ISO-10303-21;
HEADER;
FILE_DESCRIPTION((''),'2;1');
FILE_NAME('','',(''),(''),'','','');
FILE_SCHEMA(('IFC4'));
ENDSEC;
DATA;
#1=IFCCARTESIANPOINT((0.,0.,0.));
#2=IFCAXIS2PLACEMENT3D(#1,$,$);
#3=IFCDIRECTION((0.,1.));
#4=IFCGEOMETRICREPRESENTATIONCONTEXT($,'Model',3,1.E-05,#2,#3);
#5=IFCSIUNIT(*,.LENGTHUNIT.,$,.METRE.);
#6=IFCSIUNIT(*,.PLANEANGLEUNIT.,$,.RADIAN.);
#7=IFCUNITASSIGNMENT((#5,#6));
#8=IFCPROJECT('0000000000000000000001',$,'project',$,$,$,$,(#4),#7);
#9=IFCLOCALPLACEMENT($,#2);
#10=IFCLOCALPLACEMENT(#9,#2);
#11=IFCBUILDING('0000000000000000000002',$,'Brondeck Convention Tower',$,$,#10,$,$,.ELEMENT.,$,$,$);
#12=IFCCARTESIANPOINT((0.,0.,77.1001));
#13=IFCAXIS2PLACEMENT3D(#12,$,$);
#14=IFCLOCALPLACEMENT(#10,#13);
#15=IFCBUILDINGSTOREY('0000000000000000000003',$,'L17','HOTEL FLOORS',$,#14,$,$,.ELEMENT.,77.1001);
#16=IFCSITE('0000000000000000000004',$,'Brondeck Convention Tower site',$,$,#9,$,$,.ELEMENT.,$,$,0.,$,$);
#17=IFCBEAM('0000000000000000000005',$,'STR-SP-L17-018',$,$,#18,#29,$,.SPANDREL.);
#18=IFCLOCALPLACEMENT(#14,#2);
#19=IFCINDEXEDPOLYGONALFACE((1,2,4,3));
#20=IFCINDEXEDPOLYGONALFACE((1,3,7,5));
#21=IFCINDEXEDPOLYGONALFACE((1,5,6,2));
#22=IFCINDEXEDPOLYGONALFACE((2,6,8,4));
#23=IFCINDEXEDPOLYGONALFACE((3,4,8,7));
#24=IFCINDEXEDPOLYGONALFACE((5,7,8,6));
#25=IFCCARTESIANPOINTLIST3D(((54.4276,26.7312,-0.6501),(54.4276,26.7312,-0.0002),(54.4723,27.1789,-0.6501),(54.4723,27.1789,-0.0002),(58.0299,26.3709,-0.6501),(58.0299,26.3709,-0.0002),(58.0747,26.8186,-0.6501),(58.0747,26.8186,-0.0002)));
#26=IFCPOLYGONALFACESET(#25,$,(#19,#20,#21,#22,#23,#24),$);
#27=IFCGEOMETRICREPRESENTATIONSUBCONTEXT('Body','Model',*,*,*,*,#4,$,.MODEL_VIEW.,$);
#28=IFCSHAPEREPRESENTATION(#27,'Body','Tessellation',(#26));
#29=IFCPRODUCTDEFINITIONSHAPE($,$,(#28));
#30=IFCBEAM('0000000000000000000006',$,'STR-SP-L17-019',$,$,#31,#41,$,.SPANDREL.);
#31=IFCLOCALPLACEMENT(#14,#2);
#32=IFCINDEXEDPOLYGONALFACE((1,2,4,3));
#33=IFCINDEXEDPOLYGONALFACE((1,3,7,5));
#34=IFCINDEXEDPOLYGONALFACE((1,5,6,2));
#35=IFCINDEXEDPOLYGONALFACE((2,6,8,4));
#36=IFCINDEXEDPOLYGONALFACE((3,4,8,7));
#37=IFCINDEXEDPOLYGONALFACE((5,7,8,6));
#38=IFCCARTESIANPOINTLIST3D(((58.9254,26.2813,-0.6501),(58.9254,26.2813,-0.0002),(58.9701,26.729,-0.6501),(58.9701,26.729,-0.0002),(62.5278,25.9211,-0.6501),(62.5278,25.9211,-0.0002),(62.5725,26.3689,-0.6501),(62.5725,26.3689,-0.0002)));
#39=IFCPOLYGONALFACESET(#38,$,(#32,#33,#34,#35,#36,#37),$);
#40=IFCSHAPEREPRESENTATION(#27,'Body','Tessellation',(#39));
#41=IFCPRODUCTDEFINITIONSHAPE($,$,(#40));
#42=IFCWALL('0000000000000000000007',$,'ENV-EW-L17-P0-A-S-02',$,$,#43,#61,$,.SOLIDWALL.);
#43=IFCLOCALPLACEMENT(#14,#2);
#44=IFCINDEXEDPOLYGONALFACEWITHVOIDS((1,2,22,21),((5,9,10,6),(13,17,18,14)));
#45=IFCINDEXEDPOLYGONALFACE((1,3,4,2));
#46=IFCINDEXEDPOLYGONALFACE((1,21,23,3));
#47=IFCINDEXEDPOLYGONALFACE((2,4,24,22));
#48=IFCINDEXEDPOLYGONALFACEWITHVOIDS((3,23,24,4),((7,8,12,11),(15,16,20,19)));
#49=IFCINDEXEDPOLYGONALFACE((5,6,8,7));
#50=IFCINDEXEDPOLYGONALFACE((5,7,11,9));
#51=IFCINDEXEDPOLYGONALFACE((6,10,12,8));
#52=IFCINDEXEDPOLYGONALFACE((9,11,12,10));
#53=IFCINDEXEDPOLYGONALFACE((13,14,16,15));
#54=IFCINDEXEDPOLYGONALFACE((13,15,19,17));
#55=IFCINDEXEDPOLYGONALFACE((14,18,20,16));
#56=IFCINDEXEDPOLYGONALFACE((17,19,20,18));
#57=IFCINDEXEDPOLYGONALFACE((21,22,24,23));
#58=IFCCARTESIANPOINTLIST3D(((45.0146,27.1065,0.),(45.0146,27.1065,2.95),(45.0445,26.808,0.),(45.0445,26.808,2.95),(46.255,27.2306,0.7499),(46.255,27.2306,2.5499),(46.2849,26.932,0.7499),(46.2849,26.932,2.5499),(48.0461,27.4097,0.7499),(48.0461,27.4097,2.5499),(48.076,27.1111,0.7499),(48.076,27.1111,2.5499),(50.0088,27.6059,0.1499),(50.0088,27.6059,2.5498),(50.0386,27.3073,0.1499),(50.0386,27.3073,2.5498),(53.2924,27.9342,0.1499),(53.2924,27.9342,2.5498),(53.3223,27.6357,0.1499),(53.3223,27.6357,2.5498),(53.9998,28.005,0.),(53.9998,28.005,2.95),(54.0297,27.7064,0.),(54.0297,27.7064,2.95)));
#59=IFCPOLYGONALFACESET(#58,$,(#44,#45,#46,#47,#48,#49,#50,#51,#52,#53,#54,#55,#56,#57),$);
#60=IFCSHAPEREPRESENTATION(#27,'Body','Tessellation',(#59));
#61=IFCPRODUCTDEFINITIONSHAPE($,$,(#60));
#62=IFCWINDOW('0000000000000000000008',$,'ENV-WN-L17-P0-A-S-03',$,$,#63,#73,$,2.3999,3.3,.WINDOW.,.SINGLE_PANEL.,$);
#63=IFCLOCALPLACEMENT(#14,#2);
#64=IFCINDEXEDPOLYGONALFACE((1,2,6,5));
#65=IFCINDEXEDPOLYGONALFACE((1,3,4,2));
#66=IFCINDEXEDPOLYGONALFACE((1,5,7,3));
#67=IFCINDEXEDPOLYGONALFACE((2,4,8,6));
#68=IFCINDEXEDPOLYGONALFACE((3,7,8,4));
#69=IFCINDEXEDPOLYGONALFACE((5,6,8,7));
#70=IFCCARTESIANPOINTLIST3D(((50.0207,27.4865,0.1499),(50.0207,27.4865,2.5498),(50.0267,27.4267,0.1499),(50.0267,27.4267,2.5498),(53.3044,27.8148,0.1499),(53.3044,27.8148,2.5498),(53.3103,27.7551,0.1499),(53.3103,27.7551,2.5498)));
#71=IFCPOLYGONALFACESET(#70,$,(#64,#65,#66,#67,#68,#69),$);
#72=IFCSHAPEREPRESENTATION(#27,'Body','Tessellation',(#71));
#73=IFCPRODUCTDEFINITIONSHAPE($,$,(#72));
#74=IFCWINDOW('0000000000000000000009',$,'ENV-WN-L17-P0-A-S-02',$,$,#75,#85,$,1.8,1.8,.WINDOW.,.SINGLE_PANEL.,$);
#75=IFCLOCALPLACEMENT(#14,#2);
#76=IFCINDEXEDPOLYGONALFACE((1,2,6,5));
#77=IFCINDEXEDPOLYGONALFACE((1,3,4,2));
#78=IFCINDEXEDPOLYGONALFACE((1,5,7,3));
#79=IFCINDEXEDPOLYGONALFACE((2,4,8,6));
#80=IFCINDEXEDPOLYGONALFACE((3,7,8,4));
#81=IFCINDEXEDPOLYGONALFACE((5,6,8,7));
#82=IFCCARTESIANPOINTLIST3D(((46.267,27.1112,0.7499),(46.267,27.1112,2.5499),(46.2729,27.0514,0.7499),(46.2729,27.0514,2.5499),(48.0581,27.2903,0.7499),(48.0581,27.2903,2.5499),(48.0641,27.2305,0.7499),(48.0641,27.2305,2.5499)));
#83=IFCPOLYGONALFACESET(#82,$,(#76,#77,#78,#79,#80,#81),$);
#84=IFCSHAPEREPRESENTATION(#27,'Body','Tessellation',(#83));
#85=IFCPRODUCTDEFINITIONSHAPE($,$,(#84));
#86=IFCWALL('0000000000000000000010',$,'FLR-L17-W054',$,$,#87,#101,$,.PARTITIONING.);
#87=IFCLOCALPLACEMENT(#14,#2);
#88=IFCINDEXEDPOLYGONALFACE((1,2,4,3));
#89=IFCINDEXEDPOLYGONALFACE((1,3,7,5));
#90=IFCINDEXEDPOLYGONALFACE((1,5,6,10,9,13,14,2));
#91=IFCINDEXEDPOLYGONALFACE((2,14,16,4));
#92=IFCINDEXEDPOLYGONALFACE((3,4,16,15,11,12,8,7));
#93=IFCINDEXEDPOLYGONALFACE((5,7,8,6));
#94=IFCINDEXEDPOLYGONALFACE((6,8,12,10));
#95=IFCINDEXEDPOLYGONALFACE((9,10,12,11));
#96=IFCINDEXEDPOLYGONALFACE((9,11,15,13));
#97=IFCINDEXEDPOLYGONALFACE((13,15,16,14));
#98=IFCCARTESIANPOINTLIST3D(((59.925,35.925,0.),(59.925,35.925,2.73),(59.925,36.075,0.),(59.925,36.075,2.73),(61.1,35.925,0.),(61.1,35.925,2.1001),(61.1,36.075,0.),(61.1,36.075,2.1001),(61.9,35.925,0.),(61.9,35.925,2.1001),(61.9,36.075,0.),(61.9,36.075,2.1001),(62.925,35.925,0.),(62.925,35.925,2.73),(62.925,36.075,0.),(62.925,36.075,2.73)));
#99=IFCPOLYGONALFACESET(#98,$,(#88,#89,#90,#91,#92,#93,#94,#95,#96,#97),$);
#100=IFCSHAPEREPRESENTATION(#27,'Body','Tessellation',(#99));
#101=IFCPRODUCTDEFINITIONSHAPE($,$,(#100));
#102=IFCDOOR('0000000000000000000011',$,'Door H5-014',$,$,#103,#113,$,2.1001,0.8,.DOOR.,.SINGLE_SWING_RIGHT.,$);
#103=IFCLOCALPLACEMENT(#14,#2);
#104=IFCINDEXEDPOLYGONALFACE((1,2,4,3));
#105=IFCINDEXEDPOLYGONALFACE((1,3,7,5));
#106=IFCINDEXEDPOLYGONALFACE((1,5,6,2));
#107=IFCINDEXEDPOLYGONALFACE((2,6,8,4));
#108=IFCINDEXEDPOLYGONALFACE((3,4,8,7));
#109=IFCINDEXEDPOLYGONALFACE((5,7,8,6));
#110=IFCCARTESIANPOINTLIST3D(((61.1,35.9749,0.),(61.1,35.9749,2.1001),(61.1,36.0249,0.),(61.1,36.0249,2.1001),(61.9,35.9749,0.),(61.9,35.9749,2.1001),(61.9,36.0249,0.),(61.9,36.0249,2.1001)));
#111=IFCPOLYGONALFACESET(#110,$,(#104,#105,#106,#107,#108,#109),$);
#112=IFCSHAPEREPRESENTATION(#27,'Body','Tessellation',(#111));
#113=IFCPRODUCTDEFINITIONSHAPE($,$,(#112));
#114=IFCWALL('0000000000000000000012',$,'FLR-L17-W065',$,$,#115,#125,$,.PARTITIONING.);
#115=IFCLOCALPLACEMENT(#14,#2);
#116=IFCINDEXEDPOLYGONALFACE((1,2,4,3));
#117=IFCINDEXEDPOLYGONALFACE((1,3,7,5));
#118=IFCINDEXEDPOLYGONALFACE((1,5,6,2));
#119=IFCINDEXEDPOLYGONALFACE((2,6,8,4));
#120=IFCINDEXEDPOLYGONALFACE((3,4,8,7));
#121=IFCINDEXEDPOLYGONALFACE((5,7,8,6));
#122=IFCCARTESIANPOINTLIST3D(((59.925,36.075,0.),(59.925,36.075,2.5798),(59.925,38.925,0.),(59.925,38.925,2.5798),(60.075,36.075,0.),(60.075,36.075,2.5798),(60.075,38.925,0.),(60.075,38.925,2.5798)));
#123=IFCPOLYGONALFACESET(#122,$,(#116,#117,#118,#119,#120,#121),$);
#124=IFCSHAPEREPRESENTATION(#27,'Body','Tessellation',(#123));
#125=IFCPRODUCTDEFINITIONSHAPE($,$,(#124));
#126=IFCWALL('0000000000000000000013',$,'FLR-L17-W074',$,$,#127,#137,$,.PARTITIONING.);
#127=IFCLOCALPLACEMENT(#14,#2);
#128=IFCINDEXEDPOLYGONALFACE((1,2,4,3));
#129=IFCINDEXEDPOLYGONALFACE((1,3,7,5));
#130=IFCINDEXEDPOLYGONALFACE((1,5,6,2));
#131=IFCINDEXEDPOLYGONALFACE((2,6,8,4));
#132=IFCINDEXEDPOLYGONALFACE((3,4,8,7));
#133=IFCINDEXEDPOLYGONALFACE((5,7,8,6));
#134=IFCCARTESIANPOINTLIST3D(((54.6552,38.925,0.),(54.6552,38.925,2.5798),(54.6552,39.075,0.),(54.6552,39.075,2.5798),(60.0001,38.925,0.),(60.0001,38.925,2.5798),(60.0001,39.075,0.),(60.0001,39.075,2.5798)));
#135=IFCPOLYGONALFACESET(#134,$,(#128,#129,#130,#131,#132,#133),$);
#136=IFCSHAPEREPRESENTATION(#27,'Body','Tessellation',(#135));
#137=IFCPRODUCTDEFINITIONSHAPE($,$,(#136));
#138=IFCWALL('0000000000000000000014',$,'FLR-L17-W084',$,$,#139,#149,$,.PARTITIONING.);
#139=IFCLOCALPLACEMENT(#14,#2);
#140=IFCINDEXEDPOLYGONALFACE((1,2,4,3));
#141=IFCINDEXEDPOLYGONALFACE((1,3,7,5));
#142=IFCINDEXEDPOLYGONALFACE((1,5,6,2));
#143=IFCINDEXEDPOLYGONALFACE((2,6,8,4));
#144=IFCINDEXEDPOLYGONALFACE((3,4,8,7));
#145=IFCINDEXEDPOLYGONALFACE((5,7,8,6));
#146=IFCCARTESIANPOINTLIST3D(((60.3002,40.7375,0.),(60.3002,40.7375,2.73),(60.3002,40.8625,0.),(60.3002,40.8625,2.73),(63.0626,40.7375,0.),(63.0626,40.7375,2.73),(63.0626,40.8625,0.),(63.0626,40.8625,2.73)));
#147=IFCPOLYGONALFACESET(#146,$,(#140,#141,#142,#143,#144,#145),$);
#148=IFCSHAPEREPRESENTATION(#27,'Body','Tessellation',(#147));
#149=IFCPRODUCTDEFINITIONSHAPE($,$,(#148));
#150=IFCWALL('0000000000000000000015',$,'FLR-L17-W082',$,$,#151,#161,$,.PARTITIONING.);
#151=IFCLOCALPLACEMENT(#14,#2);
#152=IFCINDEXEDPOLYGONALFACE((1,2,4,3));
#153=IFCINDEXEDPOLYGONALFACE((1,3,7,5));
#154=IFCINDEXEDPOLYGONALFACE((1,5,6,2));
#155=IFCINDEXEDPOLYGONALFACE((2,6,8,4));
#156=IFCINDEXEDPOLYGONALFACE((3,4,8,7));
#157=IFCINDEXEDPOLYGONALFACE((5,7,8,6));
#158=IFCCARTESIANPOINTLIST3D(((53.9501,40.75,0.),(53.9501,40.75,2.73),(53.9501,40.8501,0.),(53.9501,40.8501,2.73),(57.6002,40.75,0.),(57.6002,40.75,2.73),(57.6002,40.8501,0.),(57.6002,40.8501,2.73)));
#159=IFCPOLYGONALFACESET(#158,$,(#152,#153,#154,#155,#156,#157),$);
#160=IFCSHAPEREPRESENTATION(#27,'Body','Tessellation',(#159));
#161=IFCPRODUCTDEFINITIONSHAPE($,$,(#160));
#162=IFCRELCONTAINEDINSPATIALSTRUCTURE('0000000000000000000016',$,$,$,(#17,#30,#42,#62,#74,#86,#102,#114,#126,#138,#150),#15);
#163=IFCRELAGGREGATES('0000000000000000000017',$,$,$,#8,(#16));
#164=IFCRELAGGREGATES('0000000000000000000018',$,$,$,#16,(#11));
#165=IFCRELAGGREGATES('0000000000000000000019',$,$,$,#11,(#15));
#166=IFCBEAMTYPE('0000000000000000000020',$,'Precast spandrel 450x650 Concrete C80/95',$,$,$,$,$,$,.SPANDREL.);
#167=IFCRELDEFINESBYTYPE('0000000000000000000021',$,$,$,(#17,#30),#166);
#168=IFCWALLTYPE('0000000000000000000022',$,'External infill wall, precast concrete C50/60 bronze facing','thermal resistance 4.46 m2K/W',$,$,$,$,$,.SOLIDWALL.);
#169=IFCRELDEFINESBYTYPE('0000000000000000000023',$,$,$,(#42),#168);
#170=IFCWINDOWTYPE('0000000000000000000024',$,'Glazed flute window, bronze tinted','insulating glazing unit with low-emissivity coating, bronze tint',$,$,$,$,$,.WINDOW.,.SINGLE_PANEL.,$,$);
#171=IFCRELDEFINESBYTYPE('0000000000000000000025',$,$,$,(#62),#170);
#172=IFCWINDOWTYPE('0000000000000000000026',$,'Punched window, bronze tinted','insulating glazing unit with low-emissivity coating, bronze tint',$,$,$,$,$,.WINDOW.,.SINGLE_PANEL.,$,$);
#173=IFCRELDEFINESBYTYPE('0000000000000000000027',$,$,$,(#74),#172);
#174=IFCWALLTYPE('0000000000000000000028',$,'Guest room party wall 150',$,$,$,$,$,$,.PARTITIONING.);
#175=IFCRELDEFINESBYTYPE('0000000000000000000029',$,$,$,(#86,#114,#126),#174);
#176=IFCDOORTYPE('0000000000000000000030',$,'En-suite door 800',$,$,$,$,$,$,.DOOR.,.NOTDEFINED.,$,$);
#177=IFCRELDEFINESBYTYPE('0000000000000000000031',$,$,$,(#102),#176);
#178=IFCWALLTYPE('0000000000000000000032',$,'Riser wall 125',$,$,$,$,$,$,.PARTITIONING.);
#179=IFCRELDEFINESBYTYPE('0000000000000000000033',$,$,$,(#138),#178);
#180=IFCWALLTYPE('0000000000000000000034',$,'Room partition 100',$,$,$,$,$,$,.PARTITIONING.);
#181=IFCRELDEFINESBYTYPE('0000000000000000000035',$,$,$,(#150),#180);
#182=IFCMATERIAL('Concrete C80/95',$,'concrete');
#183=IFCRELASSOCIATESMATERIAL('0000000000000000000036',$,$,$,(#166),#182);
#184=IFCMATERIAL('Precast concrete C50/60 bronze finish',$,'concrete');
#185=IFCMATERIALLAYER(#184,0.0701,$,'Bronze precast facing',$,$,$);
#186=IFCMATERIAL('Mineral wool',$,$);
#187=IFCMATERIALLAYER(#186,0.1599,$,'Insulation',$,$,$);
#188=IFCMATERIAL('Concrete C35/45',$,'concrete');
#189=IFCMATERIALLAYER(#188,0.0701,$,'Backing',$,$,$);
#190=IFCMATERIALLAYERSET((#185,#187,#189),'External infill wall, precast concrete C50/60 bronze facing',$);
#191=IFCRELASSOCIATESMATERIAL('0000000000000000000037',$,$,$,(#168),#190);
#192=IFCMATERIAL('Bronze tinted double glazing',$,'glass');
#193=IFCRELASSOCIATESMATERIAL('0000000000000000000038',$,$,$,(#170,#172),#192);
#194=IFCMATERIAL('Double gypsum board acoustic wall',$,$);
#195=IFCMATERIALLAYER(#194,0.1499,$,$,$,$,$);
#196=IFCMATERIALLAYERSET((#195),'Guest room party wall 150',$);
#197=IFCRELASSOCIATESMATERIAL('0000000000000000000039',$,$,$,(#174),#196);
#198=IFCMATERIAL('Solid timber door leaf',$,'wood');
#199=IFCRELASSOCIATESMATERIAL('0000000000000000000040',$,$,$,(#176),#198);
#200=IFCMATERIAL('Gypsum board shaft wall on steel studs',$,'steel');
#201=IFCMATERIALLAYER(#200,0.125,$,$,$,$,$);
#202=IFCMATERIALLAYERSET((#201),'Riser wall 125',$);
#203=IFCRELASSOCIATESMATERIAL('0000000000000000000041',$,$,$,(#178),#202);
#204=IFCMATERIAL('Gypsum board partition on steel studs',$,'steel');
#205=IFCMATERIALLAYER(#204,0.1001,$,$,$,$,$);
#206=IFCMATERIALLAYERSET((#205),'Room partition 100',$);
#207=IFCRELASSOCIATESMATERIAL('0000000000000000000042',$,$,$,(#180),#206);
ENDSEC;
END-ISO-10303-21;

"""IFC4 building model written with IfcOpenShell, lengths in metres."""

from ifc_helpers import new_model, si_unit, direction, frame, frame_2d, origin, origin_2d, place, context, subcontext, project, spatial, rectangle, extrude, material, layer, layer_set, material_profile, profile_set, type_object, element, fill, save


model = new_model("IFC4")

# Units and contexts
model_context = context("Model", 3, precision=1e-05, world=origin(), true_north=direction((0.0, 1.0)))
body_context = subcontext(model_context, "Body", "Model", "MODEL_VIEW")
ifc_project = project(units=[si_unit("LENGTHUNIT", "METRE"), si_unit("PLANEANGLEUNIT", "RADIAN")], contexts=[model_context])

# Site, building, storey
site_placement = place(None, origin())
site = spatial("IfcSite", under=ifc_project, at=site_placement, Name="Brondeck Convention Tower site", CompositionType="ELEMENT", RefElevation=0.0)
building_placement = place(site_placement, origin())
building = spatial("IfcBuilding", under=site, at=building_placement, Name="Brondeck Convention Tower", CompositionType="ELEMENT")
storey_placement = place(building_placement, frame((0.0, 0.0, 77.1001)))
storey = spatial("IfcBuildingStorey", under=building, at=storey_placement, Name="L17", Description="HOTEL FLOORS", CompositionType="ELEMENT", Elevation=77.1001)

# Shared definitions
ifc_material_1 = material(Name="Concrete C80/95", Category="concrete")

# Beams
ifc_material_profile_1 = material_profile(ifc_material_1, rectangle(XDim=0.45, YDim=0.6499, at=origin_2d()), Name="Precast spandrel 450x650 Concrete C80/95")
ifc_profile_set_1 = profile_set([ifc_material_profile_1], Name="Concrete C80/95")
beam_type_1 = type_object("IfcBeamType", Name="Precast spandrel 450x650 Concrete C80/95", PredefinedType="SPANDREL", material=ifc_profile_set_1)
for number, where, z_axis, x_axis, name in (
    (1, (54.45, 26.9551, -0.3252), (0.995034, -0.099537, 0.0), (0.099537, 0.995034, 0.0), "STR-SP-L17-018"),
    (2, (58.9478, 26.5051, -0.3252), (0.995041, -0.09947, 0.0), (0.09947, 0.995041, 0.0), "STR-SP-L17-019"),
):
    element("IfcBeam", number, at=place(storey_placement, frame(where, z_axis=z_axis, x_axis=x_axis)), inside=storey, type_object=beam_type_1, Name=name, PredefinedType="SPANDREL", context=body_context, shape_type="SweptSolid", body=[
        extrude(rectangle(XDim=0.45, YDim=0.6499, at=origin_2d()), origin(), (0.0, 0.0, 1.0), 3.6204),
    ])

# Wall, openings, windows
ifc_material_2 = material(Name="Precast concrete C50/60 bronze finish", Category="concrete")
ifc_layer_1 = layer(ifc_material_2, 0.0701, Name="Bronze precast facing")
ifc_material_3 = material(Name="Mineral wool")
ifc_layer_2 = layer(ifc_material_3, 0.1599, Name="Insulation")
ifc_material_4 = material(Name="Concrete C35/45", Category="concrete")
ifc_layer_3 = layer(ifc_material_4, 0.0701, Name="Backing")
ifc_layer_set_1 = layer_set([ifc_layer_1, ifc_layer_2, ifc_layer_3], Name="External infill wall, precast concrete C50/60 bronze facing")
wall_type_1 = type_object("IfcWallType", Name="External infill wall, precast concrete C50/60 bronze facing", Description="thermal resistance 4.46 m2K/W", PredefinedType="SOLIDWALL", material=ifc_layer_set_1)
wall_1_placement = place(storey_placement, frame((54.0149, 27.8557, 0.0), z_axis=(0.0, 0.0, 1.0), x_axis=(-0.995038, -0.099496, 0.0)))
wall_1 = element("IfcWall", 3, at=wall_1_placement, inside=storey, type_object=wall_type_1, Name="ENV-EW-L17-P0-A-S-02", PredefinedType="SOLIDWALL", context=body_context, shape_type="SweptSolid", body=[
    extrude(rectangle(XDim=9.03, YDim=0.3, at=frame_2d((4.5151, 0.0))), origin(), (0.0, 0.0, 1.0), 2.95),
])
opening_1_placement = place(wall_1_placement, frame((0.7112, 0.0, 0.1499)))
opening_1 = element("IfcOpeningElement", 4, at=opening_1_placement, cuts=wall_1, PredefinedType="OPENING", context=body_context, shape_type="SweptSolid", body=[
    extrude(rectangle(XDim=3.3, YDim=2.3999, at=frame_2d((1.6499, 1.2))), frame((0.0, 0.1599, 0.0), z_axis=(0.0, -1.0, 0.0), x_axis=(1.0, 0.0, 0.0)), (0.0, 0.0, 1.0), 0.3201),
])
opening_2_placement = place(wall_1_placement, frame((5.9836, 0.0, 0.75)))
opening_2 = element("IfcOpeningElement", 5, at=opening_2_placement, cuts=wall_1, PredefinedType="OPENING", context=body_context, shape_type="SweptSolid", body=[
    extrude(rectangle(XDim=1.8, YDim=1.8, at=frame_2d((0.8999, 0.8999))), frame((0.0, 0.1599, 0.0), z_axis=(0.0, -1.0, 0.0), x_axis=(1.0, 0.0, 0.0)), (0.0, 0.0, 1.0), 0.3201),
])
ifc_material_5 = material(Name="Bronze tinted double glazing", Category="glass")
window_type_1 = type_object("IfcWindowType", Name="Glazed flute window, bronze tinted", Description="insulating glazing unit with low-emissivity coating, bronze tint", PartitioningType="SINGLE_PANEL", PredefinedType="WINDOW", material=ifc_material_5)
window_1_placement = place(opening_1_placement, origin())
window_1 = element("IfcWindow", 6, at=window_1_placement, inside=storey, type_object=window_type_1, Name="ENV-WN-L17-P0-A-S-03", OverallHeight=2.3999, OverallWidth=3.3, PartitioningType="SINGLE_PANEL", PredefinedType="WINDOW", context=body_context, shape_type="SweptSolid", body=[
    extrude(rectangle(XDim=3.3, YDim=2.3999, at=frame_2d((1.6499, 1.2))), frame((0.0, 0.03, 0.0), z_axis=(0.0, -1.0, 0.0), x_axis=(1.0, 0.0, 0.0)), (0.0, 0.0, 1.0), 0.0601),
])
fill(opening_1, window_1)
window_type_2 = type_object("IfcWindowType", Name="Punched window, bronze tinted", Description="insulating glazing unit with low-emissivity coating, bronze tint", PartitioningType="SINGLE_PANEL", PredefinedType="WINDOW", material=ifc_material_5)
window_2_placement = place(opening_2_placement, origin())
window_2 = element("IfcWindow", 7, at=window_2_placement, inside=storey, type_object=window_type_2, Name="ENV-WN-L17-P0-A-S-02", OverallHeight=1.8, OverallWidth=1.8, PartitioningType="SINGLE_PANEL", PredefinedType="WINDOW", context=body_context, shape_type="SweptSolid", body=[
    extrude(rectangle(XDim=1.8, YDim=1.8, at=frame_2d((0.8999, 0.8999))), frame((0.0, 0.03, 0.0), z_axis=(0.0, -1.0, 0.0), x_axis=(1.0, 0.0, 0.0)), (0.0, 0.0, 1.0), 0.0601),
])
fill(opening_2, window_2)

# Wall, opening, door
ifc_material_6 = material(Name="Double gypsum board acoustic wall")
ifc_layer_4 = layer(ifc_material_6, 0.1499)
ifc_layer_set_2 = layer_set([ifc_layer_4], Name="Guest room party wall 150")
wall_type_2 = type_object("IfcWallType", Name="Guest room party wall 150", PredefinedType="PARTITIONING", material=ifc_layer_set_2)
wall_2_placement = place(storey_placement, frame((59.925, 36.0, 0.0), z_axis=(0.0, 0.0, 1.0), x_axis=(1.0, 0.0, 0.0)))
wall_2 = element("IfcWall", 8, at=wall_2_placement, inside=storey, type_object=wall_type_2, Name="FLR-L17-W054", PredefinedType="PARTITIONING", context=body_context, shape_type="SweptSolid", body=[
    extrude(rectangle(XDim=3.0, YDim=0.1499, at=frame_2d((1.5, 0.0))), origin(), (0.0, 0.0, 1.0), 2.73),
])
opening_3_placement = place(wall_2_placement, frame((1.175, 0.0, 0.0)))
opening_3 = element("IfcOpeningElement", 9, at=opening_3_placement, cuts=wall_2, PredefinedType="OPENING", context=body_context, shape_type="SweptSolid", body=[
    extrude(rectangle(XDim=0.8, YDim=2.1001, at=frame_2d((0.3999, 1.05))), frame((0.0, 0.085, 0.0), z_axis=(0.0, -1.0, 0.0), x_axis=(1.0, 0.0, 0.0)), (0.0, 0.0, 1.0), 0.1699),
])
ifc_material_7 = material(Name="Solid timber door leaf", Category="wood")
door_type_1 = type_object("IfcDoorType", Name="En-suite door 800", OperationType="NOTDEFINED", PredefinedType="DOOR", material=ifc_material_7)
door_1_placement = place(opening_3_placement, origin())
door_1 = element("IfcDoor", 10, at=door_1_placement, inside=storey, type_object=door_type_1, Name="Door H5-014", OperationType="SINGLE_SWING_RIGHT", OverallHeight=2.1001, OverallWidth=0.8, PredefinedType="DOOR", context=body_context, shape_type="SweptSolid", body=[
    extrude(rectangle(XDim=0.8, YDim=2.1001, at=frame_2d((0.3999, 1.05))), frame((0.0, 0.0249, 0.0), z_axis=(0.0, -1.0, 0.0), x_axis=(1.0, 0.0, 0.0)), (0.0, 0.0, 1.0), 0.05),
])
fill(opening_3, door_1)

# Walls
wall_3_placement = place(storey_placement, frame((60.0, 38.925, 0.0), z_axis=(0.0, 0.0, 1.0), x_axis=(0.0, -1.0, 0.0)))
element("IfcWall", 11, at=wall_3_placement, inside=storey, type_object=wall_type_2, Name="FLR-L17-W065", PredefinedType="PARTITIONING", context=body_context, shape_type="SweptSolid", body=[
    extrude(rectangle(XDim=2.8501, YDim=0.1499, at=frame_2d((1.425, 0.0))), origin(), (0.0, 0.0, 1.0), 2.5798),
])
wall_4_placement = place(storey_placement, frame((60.0, 39.0, 0.0), z_axis=(0.0, 0.0, 1.0), x_axis=(-1.0, 0.0, 0.0)))
element("IfcWall", 12, at=wall_4_placement, inside=storey, type_object=wall_type_2, Name="FLR-L17-W074", PredefinedType="PARTITIONING", context=body_context, shape_type="SweptSolid", body=[
    extrude(rectangle(XDim=5.345, YDim=0.1499, at=frame_2d((2.6724, 0.0))), origin(), (0.0, 0.0, 1.0), 2.5798),
])
ifc_material_8 = material(Name="Gypsum board shaft wall on steel studs", Category="steel")
ifc_layer_5 = layer(ifc_material_8, 0.125)
ifc_layer_set_3 = layer_set([ifc_layer_5], Name="Riser wall 125")
wall_type_3 = type_object("IfcWallType", Name="Riser wall 125", PredefinedType="PARTITIONING", material=ifc_layer_set_3)
wall_5_placement = place(storey_placement, frame((60.3, 40.8, 0.0), z_axis=(0.0, 0.0, 1.0), x_axis=(1.0, 0.0, 0.0)))
element("IfcWall", 13, at=wall_5_placement, inside=storey, type_object=wall_type_3, Name="FLR-L17-W084", PredefinedType="PARTITIONING", context=body_context, shape_type="SweptSolid", body=[
    extrude(rectangle(XDim=2.7625, YDim=0.125, at=frame_2d((1.3813, 0.0))), origin(), (0.0, 0.0, 1.0), 2.73),
])
ifc_material_9 = material(Name="Gypsum board partition on steel studs", Category="steel")
ifc_layer_6 = layer(ifc_material_9, 0.1001)
ifc_layer_set_4 = layer_set([ifc_layer_6], Name="Room partition 100")
wall_type_4 = type_object("IfcWallType", Name="Room partition 100", PredefinedType="PARTITIONING", material=ifc_layer_set_4)
wall_6_placement = place(storey_placement, frame((53.95, 40.8, 0.0), z_axis=(0.0, 0.0, 1.0), x_axis=(1.0, 0.0, 0.0)))
element("IfcWall", 14, at=wall_6_placement, inside=storey, type_object=wall_type_4, Name="FLR-L17-W082", PredefinedType="PARTITIONING", context=body_context, shape_type="SweptSolid", body=[
    extrude(rectangle(XDim=3.6501, YDim=0.1001, at=frame_2d((1.8252, 0.0))), origin(), (0.0, 0.0, 1.0), 2.73),
])

save(model, "model.ifc")
